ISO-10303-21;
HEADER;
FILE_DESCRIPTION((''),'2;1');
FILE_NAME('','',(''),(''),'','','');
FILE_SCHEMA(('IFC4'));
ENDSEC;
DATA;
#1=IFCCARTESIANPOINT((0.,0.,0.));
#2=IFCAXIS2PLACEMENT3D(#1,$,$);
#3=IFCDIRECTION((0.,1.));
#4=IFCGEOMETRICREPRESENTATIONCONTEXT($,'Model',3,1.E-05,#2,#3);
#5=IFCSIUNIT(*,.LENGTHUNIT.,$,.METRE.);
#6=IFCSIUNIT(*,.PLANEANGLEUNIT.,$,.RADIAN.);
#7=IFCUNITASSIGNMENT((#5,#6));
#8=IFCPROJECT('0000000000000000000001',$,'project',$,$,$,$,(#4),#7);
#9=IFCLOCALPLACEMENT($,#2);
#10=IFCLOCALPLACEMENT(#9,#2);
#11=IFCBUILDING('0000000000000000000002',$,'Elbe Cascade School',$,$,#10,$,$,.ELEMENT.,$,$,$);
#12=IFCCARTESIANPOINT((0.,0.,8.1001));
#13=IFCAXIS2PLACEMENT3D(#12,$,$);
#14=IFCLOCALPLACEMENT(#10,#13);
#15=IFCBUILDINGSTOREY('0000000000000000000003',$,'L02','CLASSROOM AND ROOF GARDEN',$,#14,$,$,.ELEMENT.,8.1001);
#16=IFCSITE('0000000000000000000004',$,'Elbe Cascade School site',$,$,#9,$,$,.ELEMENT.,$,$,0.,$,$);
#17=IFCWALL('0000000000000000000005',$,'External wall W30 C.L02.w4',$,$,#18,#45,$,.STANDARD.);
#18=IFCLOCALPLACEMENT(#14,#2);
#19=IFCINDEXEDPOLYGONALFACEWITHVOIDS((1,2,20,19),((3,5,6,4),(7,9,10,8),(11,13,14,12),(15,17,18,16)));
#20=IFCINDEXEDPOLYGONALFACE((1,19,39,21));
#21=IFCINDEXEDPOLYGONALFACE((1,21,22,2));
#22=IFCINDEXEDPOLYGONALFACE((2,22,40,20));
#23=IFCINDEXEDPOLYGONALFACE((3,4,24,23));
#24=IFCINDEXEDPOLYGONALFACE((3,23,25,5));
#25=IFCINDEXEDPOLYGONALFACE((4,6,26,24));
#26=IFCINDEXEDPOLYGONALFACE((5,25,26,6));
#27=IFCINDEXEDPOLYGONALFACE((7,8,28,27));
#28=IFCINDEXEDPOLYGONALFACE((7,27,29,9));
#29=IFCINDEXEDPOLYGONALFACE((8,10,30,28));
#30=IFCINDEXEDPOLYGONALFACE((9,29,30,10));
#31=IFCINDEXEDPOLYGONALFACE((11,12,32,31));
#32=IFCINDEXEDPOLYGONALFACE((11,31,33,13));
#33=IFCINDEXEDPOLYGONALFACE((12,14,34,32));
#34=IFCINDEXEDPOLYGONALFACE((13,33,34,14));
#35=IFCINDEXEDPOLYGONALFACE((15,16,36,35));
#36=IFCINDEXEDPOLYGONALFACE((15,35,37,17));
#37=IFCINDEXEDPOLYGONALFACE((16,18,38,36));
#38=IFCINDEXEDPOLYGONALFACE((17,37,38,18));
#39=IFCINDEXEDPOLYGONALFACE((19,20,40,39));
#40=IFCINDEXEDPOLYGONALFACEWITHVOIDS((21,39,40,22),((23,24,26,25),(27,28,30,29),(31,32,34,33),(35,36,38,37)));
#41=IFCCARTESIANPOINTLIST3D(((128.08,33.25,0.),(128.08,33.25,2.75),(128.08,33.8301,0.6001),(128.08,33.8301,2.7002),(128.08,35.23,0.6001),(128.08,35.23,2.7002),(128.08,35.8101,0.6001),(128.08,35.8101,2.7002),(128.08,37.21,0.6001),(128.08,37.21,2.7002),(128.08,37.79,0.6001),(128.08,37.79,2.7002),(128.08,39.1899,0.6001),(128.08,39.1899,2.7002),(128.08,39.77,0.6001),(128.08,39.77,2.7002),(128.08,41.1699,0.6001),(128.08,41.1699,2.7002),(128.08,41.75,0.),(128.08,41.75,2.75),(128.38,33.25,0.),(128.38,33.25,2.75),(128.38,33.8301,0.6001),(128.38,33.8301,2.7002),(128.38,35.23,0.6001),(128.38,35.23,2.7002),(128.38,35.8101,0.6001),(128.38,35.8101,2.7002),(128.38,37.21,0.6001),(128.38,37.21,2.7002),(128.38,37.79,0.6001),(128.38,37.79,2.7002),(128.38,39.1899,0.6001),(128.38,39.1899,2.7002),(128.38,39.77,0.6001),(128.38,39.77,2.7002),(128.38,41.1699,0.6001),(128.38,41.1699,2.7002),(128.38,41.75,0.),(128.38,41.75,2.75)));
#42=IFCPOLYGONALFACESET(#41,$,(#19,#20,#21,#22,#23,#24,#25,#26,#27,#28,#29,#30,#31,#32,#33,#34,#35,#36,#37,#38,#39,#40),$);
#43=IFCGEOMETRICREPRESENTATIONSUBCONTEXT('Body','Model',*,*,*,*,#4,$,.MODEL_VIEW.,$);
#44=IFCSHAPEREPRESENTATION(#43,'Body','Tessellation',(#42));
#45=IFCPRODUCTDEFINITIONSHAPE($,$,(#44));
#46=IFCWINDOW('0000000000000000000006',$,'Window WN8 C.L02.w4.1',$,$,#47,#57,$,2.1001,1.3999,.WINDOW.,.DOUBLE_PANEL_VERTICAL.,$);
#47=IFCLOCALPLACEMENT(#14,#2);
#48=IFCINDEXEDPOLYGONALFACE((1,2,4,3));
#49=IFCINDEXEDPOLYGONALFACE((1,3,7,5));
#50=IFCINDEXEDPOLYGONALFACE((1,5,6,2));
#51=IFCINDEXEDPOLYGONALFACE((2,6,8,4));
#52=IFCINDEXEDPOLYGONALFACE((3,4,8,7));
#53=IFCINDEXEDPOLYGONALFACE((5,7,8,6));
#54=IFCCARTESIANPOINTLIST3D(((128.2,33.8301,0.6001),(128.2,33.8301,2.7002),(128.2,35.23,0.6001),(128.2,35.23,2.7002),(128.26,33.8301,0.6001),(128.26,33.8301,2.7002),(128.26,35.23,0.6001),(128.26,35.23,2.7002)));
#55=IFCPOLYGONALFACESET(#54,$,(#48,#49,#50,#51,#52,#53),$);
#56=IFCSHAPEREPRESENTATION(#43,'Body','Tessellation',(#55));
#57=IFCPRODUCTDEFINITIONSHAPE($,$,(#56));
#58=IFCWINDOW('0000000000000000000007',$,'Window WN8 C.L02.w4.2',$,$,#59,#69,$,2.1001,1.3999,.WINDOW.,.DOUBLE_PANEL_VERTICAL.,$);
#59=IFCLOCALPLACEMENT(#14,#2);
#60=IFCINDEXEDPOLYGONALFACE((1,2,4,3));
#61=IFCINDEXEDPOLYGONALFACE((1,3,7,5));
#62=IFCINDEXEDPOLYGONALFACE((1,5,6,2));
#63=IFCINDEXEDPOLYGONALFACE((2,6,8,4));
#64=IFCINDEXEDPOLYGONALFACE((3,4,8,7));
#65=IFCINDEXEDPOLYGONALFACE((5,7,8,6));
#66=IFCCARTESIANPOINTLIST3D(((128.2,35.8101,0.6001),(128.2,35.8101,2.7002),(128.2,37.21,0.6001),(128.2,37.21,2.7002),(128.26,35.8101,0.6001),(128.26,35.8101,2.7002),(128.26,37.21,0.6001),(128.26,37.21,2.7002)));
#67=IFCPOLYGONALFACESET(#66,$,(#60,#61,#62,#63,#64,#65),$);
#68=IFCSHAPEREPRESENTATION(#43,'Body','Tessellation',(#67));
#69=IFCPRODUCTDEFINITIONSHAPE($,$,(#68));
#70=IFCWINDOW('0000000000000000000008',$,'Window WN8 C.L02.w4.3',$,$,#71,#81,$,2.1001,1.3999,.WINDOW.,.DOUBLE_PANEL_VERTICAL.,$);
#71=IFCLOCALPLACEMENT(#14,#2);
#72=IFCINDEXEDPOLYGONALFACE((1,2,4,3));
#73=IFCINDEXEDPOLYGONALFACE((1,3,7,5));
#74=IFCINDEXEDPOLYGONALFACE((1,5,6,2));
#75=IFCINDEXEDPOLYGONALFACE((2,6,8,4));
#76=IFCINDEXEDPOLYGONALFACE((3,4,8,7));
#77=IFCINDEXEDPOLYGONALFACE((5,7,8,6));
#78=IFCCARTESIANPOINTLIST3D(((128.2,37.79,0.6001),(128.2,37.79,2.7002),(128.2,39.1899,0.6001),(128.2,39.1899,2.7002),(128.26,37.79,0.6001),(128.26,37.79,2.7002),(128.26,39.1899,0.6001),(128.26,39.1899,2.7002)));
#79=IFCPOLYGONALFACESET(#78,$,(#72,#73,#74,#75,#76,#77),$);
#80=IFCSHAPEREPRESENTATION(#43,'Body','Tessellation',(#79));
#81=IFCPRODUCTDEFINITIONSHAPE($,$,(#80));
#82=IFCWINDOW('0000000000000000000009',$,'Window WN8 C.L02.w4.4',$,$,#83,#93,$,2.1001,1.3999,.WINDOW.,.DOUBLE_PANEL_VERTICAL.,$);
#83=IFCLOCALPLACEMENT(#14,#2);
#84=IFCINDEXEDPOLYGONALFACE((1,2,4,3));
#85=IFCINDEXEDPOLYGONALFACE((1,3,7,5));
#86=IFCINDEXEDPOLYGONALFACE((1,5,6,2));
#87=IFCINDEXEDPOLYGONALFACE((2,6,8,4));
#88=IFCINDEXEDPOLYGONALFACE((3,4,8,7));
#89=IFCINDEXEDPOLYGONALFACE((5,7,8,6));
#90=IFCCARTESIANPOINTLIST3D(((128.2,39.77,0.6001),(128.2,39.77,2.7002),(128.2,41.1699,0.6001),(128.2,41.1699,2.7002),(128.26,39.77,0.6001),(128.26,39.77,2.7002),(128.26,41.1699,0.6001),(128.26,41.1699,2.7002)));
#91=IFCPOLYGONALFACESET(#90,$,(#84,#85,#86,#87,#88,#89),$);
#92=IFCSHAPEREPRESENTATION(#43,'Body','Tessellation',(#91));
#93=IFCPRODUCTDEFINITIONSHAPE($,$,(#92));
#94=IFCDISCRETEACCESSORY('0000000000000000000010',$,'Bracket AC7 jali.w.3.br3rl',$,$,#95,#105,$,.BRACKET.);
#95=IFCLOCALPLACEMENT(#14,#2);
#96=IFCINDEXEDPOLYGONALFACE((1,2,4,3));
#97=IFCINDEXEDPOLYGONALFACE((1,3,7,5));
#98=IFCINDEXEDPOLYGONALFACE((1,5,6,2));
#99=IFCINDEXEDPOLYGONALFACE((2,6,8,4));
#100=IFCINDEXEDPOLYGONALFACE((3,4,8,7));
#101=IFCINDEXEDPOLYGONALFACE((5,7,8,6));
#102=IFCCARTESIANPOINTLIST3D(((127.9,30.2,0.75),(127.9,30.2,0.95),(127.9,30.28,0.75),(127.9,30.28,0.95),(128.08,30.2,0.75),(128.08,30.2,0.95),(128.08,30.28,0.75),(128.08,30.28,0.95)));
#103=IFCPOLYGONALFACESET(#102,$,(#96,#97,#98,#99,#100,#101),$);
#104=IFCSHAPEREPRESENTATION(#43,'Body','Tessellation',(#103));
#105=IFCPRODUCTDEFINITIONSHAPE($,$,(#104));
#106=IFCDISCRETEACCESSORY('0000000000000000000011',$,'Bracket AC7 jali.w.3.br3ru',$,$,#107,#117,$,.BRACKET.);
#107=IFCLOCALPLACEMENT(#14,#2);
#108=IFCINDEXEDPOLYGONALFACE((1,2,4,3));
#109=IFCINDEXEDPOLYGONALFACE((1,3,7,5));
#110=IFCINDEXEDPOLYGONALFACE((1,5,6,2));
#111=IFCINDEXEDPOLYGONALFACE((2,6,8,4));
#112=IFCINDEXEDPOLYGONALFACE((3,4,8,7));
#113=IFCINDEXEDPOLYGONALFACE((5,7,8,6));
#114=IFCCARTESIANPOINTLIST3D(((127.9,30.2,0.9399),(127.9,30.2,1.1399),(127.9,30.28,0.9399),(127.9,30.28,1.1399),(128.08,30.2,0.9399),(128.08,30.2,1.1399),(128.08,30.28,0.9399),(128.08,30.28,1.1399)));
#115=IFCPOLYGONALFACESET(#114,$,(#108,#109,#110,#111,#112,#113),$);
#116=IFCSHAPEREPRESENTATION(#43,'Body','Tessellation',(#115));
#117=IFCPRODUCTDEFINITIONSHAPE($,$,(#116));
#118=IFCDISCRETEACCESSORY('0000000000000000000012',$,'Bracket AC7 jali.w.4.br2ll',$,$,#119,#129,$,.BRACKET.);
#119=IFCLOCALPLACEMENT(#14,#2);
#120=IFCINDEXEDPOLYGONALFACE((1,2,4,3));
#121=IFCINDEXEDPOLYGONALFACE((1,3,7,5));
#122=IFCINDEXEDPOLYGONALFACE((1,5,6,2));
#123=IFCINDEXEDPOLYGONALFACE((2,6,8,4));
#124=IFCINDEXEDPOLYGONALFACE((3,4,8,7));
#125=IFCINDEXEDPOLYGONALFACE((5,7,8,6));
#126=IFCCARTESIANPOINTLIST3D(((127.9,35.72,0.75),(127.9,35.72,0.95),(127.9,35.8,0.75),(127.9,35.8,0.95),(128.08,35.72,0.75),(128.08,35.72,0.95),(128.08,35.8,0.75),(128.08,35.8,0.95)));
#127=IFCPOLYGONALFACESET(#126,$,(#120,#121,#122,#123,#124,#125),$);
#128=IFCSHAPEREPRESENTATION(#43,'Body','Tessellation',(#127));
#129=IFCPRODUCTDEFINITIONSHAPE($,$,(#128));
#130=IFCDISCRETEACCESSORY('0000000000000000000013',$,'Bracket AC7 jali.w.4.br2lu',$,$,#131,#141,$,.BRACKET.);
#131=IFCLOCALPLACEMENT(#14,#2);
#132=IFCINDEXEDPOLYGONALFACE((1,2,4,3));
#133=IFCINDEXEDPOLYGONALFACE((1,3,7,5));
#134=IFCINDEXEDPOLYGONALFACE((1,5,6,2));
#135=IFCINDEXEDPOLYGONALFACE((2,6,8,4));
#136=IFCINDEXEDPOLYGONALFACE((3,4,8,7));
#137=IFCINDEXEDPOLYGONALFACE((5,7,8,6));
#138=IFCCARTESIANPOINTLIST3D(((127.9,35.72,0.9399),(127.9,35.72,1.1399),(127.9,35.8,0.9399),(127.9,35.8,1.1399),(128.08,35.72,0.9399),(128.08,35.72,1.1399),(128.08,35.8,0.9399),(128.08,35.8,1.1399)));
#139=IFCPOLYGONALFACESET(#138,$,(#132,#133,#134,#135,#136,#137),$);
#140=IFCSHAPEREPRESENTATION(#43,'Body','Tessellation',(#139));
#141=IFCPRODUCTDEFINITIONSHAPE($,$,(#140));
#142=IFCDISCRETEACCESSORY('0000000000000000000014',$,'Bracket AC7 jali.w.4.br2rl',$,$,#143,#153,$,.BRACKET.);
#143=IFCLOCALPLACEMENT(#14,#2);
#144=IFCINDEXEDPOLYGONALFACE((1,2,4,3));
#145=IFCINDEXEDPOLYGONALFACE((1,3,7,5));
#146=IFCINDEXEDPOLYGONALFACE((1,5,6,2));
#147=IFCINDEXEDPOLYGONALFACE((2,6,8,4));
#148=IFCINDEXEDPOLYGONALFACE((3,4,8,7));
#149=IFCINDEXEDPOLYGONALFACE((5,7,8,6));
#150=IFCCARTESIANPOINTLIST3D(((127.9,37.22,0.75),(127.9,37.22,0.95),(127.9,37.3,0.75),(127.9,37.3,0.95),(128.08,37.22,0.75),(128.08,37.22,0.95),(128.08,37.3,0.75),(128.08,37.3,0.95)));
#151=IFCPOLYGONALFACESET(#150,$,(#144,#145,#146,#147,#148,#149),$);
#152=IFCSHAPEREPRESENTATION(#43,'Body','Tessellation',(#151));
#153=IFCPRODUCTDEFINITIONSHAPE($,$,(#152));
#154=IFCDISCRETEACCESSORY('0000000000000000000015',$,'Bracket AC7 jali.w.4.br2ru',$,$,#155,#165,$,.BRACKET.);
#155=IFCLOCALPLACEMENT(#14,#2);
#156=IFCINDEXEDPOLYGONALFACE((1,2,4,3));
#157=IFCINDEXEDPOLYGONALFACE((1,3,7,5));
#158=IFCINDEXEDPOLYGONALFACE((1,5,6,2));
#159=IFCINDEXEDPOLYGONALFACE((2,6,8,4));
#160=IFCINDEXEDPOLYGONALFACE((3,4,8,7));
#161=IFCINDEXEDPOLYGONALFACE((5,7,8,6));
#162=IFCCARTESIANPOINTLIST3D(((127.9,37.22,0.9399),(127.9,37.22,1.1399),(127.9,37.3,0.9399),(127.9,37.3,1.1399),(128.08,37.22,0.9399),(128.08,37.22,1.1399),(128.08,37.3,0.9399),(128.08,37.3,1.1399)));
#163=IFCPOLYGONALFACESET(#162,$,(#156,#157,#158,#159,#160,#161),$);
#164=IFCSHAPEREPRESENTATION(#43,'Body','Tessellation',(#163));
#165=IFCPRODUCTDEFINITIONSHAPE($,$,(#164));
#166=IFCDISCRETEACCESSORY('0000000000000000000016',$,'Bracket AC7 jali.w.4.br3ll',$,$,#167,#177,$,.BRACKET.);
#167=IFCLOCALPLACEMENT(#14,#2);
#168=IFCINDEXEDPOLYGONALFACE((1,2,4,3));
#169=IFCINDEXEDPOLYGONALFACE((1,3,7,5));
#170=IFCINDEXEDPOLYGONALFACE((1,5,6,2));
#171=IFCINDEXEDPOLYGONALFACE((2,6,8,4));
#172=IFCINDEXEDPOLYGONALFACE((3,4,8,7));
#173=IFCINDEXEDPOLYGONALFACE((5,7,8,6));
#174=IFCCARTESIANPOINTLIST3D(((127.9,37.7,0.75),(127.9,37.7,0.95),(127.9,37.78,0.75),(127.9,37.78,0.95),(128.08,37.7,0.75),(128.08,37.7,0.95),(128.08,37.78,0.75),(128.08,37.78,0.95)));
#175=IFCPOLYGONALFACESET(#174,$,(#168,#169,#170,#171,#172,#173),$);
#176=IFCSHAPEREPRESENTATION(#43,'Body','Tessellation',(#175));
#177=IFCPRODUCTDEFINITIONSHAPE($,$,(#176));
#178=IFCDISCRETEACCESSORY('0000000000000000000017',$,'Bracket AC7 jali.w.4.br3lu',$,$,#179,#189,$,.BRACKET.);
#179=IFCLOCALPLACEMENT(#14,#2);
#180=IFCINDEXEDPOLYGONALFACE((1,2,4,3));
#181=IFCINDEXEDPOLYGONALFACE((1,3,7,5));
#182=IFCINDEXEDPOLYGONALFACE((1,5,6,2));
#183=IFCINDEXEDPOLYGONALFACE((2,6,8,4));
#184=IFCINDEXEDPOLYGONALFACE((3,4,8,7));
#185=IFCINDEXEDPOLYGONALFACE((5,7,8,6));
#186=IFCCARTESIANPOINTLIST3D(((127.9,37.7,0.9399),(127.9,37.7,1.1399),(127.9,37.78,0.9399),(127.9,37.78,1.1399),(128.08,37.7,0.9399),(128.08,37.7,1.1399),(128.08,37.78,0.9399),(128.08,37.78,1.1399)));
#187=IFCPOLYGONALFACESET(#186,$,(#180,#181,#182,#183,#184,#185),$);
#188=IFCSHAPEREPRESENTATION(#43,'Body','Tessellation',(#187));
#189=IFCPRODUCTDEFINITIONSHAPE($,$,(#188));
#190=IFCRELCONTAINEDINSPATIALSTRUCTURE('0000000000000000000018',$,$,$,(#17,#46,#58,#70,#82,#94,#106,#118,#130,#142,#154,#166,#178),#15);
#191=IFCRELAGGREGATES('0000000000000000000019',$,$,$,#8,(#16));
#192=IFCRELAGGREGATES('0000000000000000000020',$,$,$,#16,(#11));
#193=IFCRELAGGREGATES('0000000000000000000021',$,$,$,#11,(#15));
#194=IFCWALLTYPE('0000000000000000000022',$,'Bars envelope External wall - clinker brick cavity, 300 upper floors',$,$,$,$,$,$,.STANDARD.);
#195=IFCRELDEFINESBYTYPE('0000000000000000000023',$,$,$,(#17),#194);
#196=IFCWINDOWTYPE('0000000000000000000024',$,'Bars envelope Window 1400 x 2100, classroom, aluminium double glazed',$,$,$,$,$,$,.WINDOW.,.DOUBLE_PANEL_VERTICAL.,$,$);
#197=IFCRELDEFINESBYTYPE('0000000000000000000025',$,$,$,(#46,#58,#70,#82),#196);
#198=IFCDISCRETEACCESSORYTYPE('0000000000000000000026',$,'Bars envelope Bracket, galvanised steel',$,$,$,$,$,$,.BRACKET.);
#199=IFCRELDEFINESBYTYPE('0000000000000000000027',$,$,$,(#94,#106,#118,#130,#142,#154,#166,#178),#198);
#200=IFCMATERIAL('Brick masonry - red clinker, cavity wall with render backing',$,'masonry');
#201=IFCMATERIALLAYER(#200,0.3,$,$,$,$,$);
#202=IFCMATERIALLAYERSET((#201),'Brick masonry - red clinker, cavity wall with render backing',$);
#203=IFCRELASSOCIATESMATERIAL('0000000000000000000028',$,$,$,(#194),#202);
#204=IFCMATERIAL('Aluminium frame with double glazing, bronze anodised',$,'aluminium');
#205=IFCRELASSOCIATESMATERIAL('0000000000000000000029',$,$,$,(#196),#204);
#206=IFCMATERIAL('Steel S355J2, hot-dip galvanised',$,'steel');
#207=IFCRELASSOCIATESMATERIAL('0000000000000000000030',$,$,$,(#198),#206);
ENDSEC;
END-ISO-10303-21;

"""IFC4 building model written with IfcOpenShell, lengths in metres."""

from ifc_helpers import new_model, si_unit, direction, frame, frame_2d, origin, origin_2d, place, context, subcontext, project, spatial, rectangle, extrude, material, layer, layer_set, type_object, element, fill, save


model = new_model("IFC4")

# Units and contexts
model_context = context("Model", 3, precision=1e-05, world=origin(), true_north=direction((0.0, 1.0)))
body_context = subcontext(model_context, "Body", "Model", "MODEL_VIEW")
ifc_project = project(units=[si_unit("LENGTHUNIT", "METRE"), si_unit("PLANEANGLEUNIT", "RADIAN")], contexts=[model_context])

# Site, building, storey
site_placement = place(None, origin())
site = spatial("IfcSite", under=ifc_project, at=site_placement, Name="Elbe Cascade School site", CompositionType="ELEMENT", RefElevation=0.0)
building_placement = place(site_placement, origin())
building = spatial("IfcBuilding", under=site, at=building_placement, Name="Elbe Cascade School", CompositionType="ELEMENT")
storey_placement = place(building_placement, frame((0.0, 0.0, 8.1001)))
storey = spatial("IfcBuildingStorey", under=building, at=storey_placement, Name="L02", Description="CLASSROOM AND ROOF GARDEN", CompositionType="ELEMENT", Elevation=8.1001)

# Wall, openings, windows
ifc_material_1 = material(Name="Brick masonry - red clinker, cavity wall with render backing", Category="masonry")
ifc_layer_1 = layer(ifc_material_1, 0.3)
ifc_layer_set_1 = layer_set([ifc_layer_1], Name="Brick masonry - red clinker, cavity wall with render backing")
wall_type_1 = type_object("IfcWallType", Name="Bars envelope External wall - clinker brick cavity, 300 upper floors", PredefinedType="STANDARD", material=ifc_layer_set_1)
wall_1_placement = place(storey_placement, frame((128.23, 33.25, 0.0), z_axis=(0.0, 0.0, 1.0), x_axis=(0.0, 1.0, 0.0)))
wall_1 = element("IfcWall", 1, at=wall_1_placement, inside=storey, type_object=wall_type_1, Name="External wall W30 C.L02.w4", PredefinedType="STANDARD", context=body_context, shape_type="SweptSolid", body=[
    extrude(rectangle(XDim=8.5, YDim=0.3, at=frame_2d((4.25, 0.0))), origin(), (0.0, 0.0, 1.0), 2.75),
])
opening_1_placement = place(wall_1_placement, frame((0.5801, 0.0, 0.6001)))
opening_1 = element("IfcOpeningElement", 2, at=opening_1_placement, cuts=wall_1, PredefinedType="OPENING", context=body_context, shape_type="SweptSolid", body=[
    extrude(rectangle(XDim=1.3999, YDim=2.1001, at=frame_2d((0.7, 1.05))), frame((0.0, 0.1599, 0.0), z_axis=(0.0, -1.0, 0.0), x_axis=(1.0, 0.0, 0.0)), (0.0, 0.0, 1.0), 0.3201),
])
opening_2_placement = place(wall_1_placement, frame((2.5601, 0.0, 0.6001)))
opening_2 = element("IfcOpeningElement", 3, at=opening_2_placement, cuts=wall_1, PredefinedType="OPENING", context=body_context, shape_type="SweptSolid", body=[
    extrude(rectangle(XDim=1.3999, YDim=2.1001, at=frame_2d((0.7, 1.05))), frame((0.0, 0.1599, 0.0), z_axis=(0.0, -1.0, 0.0), x_axis=(1.0, 0.0, 0.0)), (0.0, 0.0, 1.0), 0.3201),
])
opening_3_placement = place(wall_1_placement, frame((4.54, 0.0, 0.6001)))
opening_3 = element("IfcOpeningElement", 4, at=opening_3_placement, cuts=wall_1, PredefinedType="OPENING", context=body_context, shape_type="SweptSolid", body=[
    extrude(rectangle(XDim=1.3999, YDim=2.1001, at=frame_2d((0.7, 1.05))), frame((0.0, 0.1599, 0.0), z_axis=(0.0, -1.0, 0.0), x_axis=(1.0, 0.0, 0.0)), (0.0, 0.0, 1.0), 0.3201),
])
opening_4_placement = place(wall_1_placement, frame((6.52, 0.0, 0.6001)))
opening_4 = element("IfcOpeningElement", 5, at=opening_4_placement, cuts=wall_1, PredefinedType="OPENING", context=body_context, shape_type="SweptSolid", body=[
    extrude(rectangle(XDim=1.3999, YDim=2.1001, at=frame_2d((0.7, 1.05))), frame((0.0, 0.1599, 0.0), z_axis=(0.0, -1.0, 0.0), x_axis=(1.0, 0.0, 0.0)), (0.0, 0.0, 1.0), 0.3201),
])
ifc_material_2 = material(Name="Aluminium frame with double glazing, bronze anodised", Category="aluminium")
window_type = type_object("IfcWindowType", Name="Bars envelope Window 1400 x 2100, classroom, aluminium double glazed", PartitioningType="DOUBLE_PANEL_VERTICAL", PredefinedType="WINDOW", material=ifc_material_2)
window_1_placement = place(opening_1_placement, origin())
window_1 = element("IfcWindow", 6, at=window_1_placement, inside=storey, type_object=window_type, Name="Window WN8 C.L02.w4.1", OverallHeight=2.1001, OverallWidth=1.3999, PartitioningType="DOUBLE_PANEL_VERTICAL", PredefinedType="WINDOW", context=body_context, shape_type="SweptSolid", body=[
    extrude(rectangle(XDim=1.3999, YDim=2.1001, at=frame_2d((0.7, 1.05))), frame((0.0, 0.03, 0.0), z_axis=(0.0, -1.0, 0.0), x_axis=(1.0, 0.0, 0.0)), (0.0, 0.0, 1.0), 0.0601),
])
fill(opening_1, window_1)
window_2_placement = place(opening_2_placement, origin())
window_2 = element("IfcWindow", 7, at=window_2_placement, inside=storey, type_object=window_type, Name="Window WN8 C.L02.w4.2", OverallHeight=2.1001, OverallWidth=1.3999, PartitioningType="DOUBLE_PANEL_VERTICAL", PredefinedType="WINDOW", context=body_context, shape_type="SweptSolid", body=[
    extrude(rectangle(XDim=1.3999, YDim=2.1001, at=frame_2d((0.7, 1.05))), frame((0.0, 0.03, 0.0), z_axis=(0.0, -1.0, 0.0), x_axis=(1.0, 0.0, 0.0)), (0.0, 0.0, 1.0), 0.0601),
])
fill(opening_2, window_2)
window_3_placement = place(opening_3_placement, origin())
window_3 = element("IfcWindow", 8, at=window_3_placement, inside=storey, type_object=window_type, Name="Window WN8 C.L02.w4.3", OverallHeight=2.1001, OverallWidth=1.3999, PartitioningType="DOUBLE_PANEL_VERTICAL", PredefinedType="WINDOW", context=body_context, shape_type="SweptSolid", body=[
    extrude(rectangle(XDim=1.3999, YDim=2.1001, at=frame_2d((0.7, 1.05))), frame((0.0, 0.03, 0.0), z_axis=(0.0, -1.0, 0.0), x_axis=(1.0, 0.0, 0.0)), (0.0, 0.0, 1.0), 0.0601),
])
fill(opening_3, window_3)
window_4_placement = place(opening_4_placement, origin())
window_4 = element("IfcWindow", 9, at=window_4_placement, inside=storey, type_object=window_type, Name="Window WN8 C.L02.w4.4", OverallHeight=2.1001, OverallWidth=1.3999, PartitioningType="DOUBLE_PANEL_VERTICAL", PredefinedType="WINDOW", context=body_context, shape_type="SweptSolid", body=[
    extrude(rectangle(XDim=1.3999, YDim=2.1001, at=frame_2d((0.7, 1.05))), frame((0.0, 0.03, 0.0), z_axis=(0.0, -1.0, 0.0), x_axis=(1.0, 0.0, 0.0)), (0.0, 0.0, 1.0), 0.0601),
])
fill(opening_4, window_4)

# Discrete accessories
ifc_material_3 = material(Name="Steel S355J2, hot-dip galvanised", Category="steel")
discrete_accessory_type = type_object("IfcDiscreteAccessoryType", Name="Bars envelope Bracket, galvanised steel", PredefinedType="BRACKET", material=ifc_material_3)
for number, where, z_axis, x_axis, name in (
    (10, (127.99, 30.24, 0.75), (0.0, 0.0, 1.0), (0.0, 1.0, 0.0), "Bracket AC7 jali.w.3.br3rl"),
    (11, (127.99, 30.24, 0.9399), (0.0, 0.0, 1.0), (0.0, 1.0, 0.0), "Bracket AC7 jali.w.3.br3ru"),
    (12, (127.99, 35.76, 0.75), (0.0, 0.0, 1.0), (0.0, 1.0, 0.0), "Bracket AC7 jali.w.4.br2ll"),
    (13, (127.99, 35.76, 0.9399), (0.0, 0.0, 1.0), (0.0, 1.0, 0.0), "Bracket AC7 jali.w.4.br2lu"),
    (14, (127.99, 37.26, 0.75), (0.0, 0.0, 1.0), (0.0, 1.0, 0.0), "Bracket AC7 jali.w.4.br2rl"),
    (15, (127.99, 37.26, 0.9399), (0.0, 0.0, 1.0), (0.0, 1.0, 0.0), "Bracket AC7 jali.w.4.br2ru"),
    (16, (127.99, 37.74, 0.75), (0.0, 0.0, 1.0), (0.0, 1.0, 0.0), "Bracket AC7 jali.w.4.br3ll"),
    (17, (127.99, 37.74, 0.9399), (0.0, 0.0, 1.0), (0.0, 1.0, 0.0), "Bracket AC7 jali.w.4.br3lu"),
):
    element("IfcDiscreteAccessory", number, at=place(storey_placement, frame(where, z_axis=z_axis, x_axis=x_axis)), inside=storey, type_object=discrete_accessory_type, Name=name, PredefinedType="BRACKET", context=body_context, shape_type="SweptSolid", body=[
        extrude(rectangle(XDim=0.0801, YDim=0.1799, at=origin_2d()), origin(), (0.0, 0.0, 1.0), 0.2),
    ])

save(model, "model.ifc")
